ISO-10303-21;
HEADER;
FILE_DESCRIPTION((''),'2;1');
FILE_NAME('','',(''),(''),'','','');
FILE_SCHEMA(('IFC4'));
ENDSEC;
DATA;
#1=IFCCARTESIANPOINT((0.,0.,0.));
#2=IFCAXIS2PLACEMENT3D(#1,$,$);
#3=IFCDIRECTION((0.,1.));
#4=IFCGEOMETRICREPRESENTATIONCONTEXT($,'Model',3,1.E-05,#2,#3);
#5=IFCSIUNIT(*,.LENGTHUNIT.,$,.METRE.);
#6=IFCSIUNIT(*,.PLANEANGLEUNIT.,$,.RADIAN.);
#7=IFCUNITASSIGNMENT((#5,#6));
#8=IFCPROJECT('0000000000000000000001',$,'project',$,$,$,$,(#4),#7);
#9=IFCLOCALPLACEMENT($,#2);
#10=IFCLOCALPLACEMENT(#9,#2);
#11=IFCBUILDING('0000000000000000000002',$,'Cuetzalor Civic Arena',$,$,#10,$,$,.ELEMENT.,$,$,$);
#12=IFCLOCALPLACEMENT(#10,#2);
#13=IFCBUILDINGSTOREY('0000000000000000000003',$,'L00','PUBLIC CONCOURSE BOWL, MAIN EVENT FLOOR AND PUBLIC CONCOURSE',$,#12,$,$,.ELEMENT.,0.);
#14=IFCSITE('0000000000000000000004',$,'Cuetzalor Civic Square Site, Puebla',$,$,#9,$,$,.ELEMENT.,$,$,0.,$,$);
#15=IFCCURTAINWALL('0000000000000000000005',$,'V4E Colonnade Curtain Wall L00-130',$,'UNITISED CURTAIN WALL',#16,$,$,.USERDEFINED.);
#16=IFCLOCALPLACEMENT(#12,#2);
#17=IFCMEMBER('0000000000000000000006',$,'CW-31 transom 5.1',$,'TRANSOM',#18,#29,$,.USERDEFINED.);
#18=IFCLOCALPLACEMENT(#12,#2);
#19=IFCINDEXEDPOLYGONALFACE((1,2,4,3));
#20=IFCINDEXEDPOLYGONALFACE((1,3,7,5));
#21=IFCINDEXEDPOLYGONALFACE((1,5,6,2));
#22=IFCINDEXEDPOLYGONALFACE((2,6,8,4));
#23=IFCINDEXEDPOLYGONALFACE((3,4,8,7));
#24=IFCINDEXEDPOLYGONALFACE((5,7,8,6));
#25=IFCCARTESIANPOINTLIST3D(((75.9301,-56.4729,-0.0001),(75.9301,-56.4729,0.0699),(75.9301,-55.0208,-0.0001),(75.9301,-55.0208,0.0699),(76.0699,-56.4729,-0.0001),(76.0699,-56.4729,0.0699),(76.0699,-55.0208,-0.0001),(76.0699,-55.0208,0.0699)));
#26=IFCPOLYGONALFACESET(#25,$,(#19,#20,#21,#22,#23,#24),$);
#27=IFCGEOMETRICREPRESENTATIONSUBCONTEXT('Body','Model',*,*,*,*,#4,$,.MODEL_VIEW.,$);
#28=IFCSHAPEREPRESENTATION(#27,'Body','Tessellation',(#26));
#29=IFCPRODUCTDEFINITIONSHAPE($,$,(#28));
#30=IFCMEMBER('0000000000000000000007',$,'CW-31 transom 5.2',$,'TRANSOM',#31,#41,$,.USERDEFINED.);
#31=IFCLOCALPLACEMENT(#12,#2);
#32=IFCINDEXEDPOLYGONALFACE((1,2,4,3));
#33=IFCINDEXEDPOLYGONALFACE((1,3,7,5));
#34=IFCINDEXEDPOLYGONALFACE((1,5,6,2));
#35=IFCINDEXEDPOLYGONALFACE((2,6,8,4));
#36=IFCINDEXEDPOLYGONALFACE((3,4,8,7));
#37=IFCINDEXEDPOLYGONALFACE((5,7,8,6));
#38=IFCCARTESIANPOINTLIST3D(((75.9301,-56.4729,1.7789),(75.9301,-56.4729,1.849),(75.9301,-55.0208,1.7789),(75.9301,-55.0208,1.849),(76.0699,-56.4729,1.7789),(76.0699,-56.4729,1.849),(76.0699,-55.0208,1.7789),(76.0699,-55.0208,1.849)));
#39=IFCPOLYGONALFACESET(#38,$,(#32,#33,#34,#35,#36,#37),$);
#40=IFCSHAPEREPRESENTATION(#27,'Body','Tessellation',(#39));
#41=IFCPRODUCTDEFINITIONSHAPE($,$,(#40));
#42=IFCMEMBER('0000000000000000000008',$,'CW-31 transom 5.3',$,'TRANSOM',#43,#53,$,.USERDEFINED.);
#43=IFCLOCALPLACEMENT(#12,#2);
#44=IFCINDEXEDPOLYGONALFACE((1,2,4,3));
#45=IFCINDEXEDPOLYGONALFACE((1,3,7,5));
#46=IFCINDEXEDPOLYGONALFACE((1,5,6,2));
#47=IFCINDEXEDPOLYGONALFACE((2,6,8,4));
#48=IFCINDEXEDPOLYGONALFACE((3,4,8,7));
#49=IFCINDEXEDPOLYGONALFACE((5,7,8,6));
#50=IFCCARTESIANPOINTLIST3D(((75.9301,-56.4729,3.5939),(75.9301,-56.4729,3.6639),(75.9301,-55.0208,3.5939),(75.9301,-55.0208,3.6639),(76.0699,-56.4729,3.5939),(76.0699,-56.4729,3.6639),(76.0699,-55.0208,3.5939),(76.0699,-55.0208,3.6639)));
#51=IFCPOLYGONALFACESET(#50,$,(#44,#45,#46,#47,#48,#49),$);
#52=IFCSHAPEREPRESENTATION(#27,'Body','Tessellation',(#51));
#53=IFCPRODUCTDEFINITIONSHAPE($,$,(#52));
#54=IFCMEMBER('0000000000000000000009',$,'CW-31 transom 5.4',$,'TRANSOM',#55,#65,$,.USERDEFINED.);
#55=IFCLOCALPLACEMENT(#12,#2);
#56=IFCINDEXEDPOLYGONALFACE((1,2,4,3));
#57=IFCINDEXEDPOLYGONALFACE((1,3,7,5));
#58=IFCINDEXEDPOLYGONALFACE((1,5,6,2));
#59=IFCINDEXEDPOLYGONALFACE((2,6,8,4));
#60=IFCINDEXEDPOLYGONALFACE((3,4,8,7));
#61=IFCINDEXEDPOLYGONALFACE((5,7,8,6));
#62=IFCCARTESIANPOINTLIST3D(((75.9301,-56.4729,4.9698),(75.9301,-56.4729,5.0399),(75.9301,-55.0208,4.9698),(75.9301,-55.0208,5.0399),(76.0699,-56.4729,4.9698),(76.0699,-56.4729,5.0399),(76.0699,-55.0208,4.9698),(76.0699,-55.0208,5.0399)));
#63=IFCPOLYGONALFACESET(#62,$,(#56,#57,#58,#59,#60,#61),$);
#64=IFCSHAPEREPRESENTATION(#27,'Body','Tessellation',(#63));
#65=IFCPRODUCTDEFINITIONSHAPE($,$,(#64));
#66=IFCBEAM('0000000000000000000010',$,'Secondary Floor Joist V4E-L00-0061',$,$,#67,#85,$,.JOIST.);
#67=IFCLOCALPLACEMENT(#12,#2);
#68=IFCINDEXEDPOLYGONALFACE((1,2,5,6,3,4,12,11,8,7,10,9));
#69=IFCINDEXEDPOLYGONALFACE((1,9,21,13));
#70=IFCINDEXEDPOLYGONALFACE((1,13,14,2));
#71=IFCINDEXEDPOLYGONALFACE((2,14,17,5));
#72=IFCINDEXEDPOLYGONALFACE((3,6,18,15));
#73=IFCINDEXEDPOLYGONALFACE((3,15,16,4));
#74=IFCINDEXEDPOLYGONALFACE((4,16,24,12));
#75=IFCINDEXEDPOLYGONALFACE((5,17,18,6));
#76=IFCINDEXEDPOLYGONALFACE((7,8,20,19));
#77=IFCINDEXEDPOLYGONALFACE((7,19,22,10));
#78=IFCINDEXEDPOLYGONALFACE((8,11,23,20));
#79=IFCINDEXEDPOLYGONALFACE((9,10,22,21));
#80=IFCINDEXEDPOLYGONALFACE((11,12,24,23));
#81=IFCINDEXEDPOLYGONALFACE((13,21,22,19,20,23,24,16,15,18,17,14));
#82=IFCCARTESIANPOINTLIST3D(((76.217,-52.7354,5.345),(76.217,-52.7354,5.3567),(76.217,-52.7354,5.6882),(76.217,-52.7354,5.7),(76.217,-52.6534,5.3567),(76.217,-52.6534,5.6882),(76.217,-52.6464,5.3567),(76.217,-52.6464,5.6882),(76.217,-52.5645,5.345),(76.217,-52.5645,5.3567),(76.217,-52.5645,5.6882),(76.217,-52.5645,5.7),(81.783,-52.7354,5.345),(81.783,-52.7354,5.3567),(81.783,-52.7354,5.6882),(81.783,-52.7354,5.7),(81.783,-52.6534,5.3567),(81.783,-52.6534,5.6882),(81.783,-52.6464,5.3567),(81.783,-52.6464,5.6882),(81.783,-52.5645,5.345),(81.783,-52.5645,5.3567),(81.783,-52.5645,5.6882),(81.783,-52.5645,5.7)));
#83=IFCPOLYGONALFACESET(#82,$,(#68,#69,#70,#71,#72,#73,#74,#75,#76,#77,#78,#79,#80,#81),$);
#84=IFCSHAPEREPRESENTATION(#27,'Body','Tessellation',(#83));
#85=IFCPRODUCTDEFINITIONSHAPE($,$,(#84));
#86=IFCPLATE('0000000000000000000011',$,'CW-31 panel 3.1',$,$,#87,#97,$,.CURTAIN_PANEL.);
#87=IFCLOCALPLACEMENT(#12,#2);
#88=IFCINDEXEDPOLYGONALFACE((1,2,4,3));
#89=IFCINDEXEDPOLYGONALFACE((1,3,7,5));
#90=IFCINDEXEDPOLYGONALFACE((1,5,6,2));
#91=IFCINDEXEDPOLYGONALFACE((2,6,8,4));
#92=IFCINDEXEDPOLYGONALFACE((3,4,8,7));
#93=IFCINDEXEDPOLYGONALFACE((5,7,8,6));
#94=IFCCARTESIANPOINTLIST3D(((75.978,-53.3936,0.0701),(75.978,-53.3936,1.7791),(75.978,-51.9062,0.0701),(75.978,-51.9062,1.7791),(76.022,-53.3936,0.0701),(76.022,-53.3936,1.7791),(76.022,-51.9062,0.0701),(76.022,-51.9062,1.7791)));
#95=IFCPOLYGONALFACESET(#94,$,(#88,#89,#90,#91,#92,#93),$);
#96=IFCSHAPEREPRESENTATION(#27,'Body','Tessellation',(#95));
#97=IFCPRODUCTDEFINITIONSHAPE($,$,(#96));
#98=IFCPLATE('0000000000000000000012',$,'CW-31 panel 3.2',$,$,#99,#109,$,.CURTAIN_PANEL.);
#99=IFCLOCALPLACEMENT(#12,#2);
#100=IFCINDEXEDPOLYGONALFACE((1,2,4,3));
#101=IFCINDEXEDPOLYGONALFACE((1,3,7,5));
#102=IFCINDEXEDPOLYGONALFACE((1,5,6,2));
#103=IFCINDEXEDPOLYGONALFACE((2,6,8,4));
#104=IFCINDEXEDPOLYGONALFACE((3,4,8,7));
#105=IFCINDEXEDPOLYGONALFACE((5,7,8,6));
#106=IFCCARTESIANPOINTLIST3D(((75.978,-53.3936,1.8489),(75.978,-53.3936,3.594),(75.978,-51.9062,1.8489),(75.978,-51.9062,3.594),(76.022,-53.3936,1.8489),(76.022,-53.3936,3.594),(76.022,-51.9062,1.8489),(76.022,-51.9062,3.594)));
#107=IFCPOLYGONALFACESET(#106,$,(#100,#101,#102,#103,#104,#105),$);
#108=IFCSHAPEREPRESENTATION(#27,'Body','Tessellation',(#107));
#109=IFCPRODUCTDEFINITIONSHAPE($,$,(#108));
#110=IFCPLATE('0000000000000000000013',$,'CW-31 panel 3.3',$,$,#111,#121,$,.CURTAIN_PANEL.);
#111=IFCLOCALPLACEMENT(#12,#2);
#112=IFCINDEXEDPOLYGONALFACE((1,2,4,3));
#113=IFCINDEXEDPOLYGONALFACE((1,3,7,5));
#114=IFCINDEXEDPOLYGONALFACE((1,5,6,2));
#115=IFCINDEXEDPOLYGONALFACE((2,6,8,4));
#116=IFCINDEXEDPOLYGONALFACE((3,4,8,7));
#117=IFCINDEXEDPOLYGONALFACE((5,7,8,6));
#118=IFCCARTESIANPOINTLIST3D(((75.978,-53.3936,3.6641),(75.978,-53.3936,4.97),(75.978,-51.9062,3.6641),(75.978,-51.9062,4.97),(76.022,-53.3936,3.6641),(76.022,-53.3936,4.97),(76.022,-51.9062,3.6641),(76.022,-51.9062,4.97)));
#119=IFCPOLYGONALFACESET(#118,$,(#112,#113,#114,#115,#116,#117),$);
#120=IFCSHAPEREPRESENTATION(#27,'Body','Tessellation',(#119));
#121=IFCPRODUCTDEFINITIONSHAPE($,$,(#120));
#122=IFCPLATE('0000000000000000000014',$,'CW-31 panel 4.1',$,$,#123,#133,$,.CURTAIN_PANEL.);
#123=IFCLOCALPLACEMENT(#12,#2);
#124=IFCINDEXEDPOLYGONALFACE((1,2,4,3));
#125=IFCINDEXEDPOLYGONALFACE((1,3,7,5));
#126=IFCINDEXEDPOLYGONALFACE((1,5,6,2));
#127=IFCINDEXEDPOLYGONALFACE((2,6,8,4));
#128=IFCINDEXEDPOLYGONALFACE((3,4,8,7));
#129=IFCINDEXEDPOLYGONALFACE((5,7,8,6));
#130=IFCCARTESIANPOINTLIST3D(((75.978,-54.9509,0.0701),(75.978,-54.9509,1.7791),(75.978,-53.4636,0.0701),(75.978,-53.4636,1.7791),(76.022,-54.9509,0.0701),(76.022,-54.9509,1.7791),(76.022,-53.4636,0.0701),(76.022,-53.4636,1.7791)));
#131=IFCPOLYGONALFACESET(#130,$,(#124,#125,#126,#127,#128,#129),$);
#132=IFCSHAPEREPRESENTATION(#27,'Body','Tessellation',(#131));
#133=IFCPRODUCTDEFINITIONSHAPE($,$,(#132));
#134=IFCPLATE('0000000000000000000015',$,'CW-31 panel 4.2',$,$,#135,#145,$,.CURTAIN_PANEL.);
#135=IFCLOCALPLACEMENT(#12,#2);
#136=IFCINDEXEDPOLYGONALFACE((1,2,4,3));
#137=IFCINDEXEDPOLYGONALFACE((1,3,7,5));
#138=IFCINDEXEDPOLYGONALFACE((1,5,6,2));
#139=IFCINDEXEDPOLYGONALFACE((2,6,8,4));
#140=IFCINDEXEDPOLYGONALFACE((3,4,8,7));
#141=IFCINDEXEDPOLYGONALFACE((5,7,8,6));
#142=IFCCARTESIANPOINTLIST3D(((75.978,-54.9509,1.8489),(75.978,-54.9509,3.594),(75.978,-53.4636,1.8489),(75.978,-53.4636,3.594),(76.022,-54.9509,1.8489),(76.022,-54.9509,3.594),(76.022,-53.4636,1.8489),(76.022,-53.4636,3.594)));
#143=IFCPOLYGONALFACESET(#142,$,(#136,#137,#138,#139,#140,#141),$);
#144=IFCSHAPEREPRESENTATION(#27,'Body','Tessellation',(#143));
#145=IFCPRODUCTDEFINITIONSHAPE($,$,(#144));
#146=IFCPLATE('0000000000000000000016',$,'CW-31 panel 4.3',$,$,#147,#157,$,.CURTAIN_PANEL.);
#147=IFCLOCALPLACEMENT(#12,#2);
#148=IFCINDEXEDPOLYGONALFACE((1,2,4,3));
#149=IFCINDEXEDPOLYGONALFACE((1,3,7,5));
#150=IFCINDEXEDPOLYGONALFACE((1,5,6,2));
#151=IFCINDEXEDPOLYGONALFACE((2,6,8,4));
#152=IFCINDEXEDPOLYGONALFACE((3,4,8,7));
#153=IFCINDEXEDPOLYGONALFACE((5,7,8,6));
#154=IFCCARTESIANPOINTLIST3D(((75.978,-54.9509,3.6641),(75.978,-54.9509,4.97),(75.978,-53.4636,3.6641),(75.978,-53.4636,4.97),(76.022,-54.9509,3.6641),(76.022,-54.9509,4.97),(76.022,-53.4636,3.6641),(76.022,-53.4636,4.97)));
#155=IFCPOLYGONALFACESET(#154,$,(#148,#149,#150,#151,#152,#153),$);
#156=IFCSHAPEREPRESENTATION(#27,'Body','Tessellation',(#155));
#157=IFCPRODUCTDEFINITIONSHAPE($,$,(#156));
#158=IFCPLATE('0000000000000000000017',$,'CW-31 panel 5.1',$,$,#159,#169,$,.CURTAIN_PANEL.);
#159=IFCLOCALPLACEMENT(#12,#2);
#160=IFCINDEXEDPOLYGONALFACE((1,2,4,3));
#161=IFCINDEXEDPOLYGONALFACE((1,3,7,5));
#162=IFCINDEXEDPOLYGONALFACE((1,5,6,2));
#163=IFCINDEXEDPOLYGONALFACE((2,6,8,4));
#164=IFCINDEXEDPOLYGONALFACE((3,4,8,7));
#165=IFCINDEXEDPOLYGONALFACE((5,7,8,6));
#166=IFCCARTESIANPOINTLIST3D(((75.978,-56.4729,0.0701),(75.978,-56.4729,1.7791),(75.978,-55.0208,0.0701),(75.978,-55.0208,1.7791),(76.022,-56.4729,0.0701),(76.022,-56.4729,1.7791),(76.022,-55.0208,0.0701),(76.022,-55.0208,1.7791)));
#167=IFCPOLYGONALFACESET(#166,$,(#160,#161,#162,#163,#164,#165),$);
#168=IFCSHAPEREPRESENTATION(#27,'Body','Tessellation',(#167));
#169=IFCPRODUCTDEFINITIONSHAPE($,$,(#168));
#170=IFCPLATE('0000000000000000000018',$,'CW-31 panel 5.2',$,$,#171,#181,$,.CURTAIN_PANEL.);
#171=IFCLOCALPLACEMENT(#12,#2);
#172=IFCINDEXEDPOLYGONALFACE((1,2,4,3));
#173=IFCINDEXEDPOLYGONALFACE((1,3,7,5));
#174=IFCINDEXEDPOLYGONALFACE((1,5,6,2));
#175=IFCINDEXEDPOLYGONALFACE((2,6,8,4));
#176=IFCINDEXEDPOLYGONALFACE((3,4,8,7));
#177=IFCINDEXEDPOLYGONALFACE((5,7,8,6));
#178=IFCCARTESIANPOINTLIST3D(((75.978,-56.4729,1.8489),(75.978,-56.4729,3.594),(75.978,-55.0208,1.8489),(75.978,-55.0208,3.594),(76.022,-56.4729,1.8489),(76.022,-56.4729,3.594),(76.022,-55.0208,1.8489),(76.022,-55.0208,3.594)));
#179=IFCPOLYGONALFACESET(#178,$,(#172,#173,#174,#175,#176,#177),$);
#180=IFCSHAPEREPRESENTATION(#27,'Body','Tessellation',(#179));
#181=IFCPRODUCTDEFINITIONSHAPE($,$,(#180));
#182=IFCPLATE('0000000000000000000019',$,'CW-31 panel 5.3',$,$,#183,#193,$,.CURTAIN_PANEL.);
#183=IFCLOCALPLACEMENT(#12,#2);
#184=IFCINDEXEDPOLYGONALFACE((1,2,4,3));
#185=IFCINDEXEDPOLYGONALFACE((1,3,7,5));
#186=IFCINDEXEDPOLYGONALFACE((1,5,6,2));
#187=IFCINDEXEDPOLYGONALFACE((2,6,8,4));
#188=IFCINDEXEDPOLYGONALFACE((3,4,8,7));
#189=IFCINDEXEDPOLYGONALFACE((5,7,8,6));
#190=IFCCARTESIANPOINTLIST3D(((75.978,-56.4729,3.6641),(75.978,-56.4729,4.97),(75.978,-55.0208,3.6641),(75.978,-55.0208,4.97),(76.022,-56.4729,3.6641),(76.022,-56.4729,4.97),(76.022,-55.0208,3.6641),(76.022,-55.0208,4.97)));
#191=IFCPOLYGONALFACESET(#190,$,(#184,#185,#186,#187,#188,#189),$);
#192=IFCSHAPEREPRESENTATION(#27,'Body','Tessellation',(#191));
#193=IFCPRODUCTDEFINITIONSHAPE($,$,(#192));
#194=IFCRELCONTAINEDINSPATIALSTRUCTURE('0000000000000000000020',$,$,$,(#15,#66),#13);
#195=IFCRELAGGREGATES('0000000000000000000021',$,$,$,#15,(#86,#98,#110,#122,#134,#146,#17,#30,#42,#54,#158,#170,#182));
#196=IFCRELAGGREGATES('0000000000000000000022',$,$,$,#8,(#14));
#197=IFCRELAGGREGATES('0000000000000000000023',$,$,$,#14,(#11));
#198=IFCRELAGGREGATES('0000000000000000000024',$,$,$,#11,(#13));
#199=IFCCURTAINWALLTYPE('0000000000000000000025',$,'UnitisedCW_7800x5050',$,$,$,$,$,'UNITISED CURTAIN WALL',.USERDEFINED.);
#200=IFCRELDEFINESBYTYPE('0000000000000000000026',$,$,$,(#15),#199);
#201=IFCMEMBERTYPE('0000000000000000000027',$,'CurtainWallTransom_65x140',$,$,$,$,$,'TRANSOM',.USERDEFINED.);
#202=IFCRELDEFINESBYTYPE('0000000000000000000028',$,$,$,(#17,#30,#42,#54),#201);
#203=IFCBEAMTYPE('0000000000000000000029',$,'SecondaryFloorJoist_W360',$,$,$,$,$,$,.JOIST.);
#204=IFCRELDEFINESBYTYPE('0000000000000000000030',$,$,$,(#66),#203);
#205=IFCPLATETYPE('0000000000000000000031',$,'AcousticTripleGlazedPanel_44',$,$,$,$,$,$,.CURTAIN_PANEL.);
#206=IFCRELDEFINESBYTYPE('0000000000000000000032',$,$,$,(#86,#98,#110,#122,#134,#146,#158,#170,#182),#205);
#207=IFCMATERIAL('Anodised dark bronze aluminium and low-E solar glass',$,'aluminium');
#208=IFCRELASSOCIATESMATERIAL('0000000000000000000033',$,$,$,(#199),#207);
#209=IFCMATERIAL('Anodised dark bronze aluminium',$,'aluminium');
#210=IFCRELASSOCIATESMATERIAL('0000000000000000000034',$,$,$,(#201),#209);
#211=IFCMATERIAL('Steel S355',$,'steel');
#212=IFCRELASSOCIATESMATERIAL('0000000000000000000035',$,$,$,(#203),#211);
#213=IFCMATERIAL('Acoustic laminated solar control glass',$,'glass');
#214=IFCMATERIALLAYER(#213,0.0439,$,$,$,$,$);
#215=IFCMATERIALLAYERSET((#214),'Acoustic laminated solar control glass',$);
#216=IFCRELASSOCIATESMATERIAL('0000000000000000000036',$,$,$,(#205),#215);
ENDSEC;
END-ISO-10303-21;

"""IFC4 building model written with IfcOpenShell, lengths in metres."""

from ifc_helpers import new_model, si_unit, direction, frame, origin, origin_2d, place, context, subcontext, project, spatial, rectangle, i_section, extrude, material, layer, layer_set, material_profile, profile_set, type_object, element, aggregate, save


model = new_model("IFC4")

# Units and contexts
model_context = context("Model", 3, precision=1e-05, world=origin(), true_north=direction((0.0, 1.0)))
body_context = subcontext(model_context, "Body", "Model", "MODEL_VIEW")
ifc_project = project(units=[si_unit("LENGTHUNIT", "METRE"), si_unit("PLANEANGLEUNIT", "RADIAN")], contexts=[model_context])

# Site, building, storey
site_placement = place(None, origin())
site = spatial("IfcSite", under=ifc_project, at=site_placement, Name="Cuetzalor Civic Square Site, Puebla", CompositionType="ELEMENT", RefElevation=0.0)
building_placement = place(site_placement, origin())
building = spatial("IfcBuilding", under=site, at=building_placement, Name="Cuetzalor Civic Arena", CompositionType="ELEMENT")
storey_placement = place(building_placement, origin())
storey = spatial("IfcBuildingStorey", under=building, at=storey_placement, Name="L00", Description="PUBLIC CONCOURSE BOWL, MAIN EVENT FLOOR AND PUBLIC CONCOURSE", CompositionType="ELEMENT", Elevation=0.0)

# Curtain wall, members
ifc_material_1 = material(Name="Anodised dark bronze aluminium and low-E solar glass", Category="aluminium")
curtain_wall_type = type_object("IfcCurtainWallType", Name="UnitisedCW_7800x5050", ElementType="UNITISED CURTAIN WALL", PredefinedType="USERDEFINED", material=ifc_material_1)
curtain_wall_placement = place(storey_placement, origin())
curtain_wall = element("IfcCurtainWall", 1, at=curtain_wall_placement, inside=storey, type_object=curtain_wall_type, Name="V4E Colonnade Curtain Wall L00-130", ObjectType="UNITISED CURTAIN WALL", PredefinedType="USERDEFINED")
ifc_material_2 = material(Name="Anodised dark bronze aluminium", Category="aluminium")
ifc_material_profile_1 = material_profile(ifc_material_2, rectangle(XDim=0.1399, YDim=0.0701, at=origin_2d()), Name="ALU TRANSOM 70x140")
ifc_profile_set_1 = profile_set([ifc_material_profile_1], Name="Anodised dark bronze aluminium")
member_type_1 = type_object("IfcMemberType", Name="CurtainWallTransom_65x140", ElementType="TRANSOM", PredefinedType="USERDEFINED", material=ifc_profile_set_1)
member_1_placement = place(storey_placement, frame((76.0, -55.0208, 0.0349), z_axis=(0.0, -1.0, 0.0), x_axis=(1.0, 0.0, 0.0)))
member_1 = element("IfcMember", 2, at=member_1_placement, type_object=member_type_1, Name="CW-31 transom 5.1", ObjectType="TRANSOM", PredefinedType="USERDEFINED", context=body_context, shape_type="SweptSolid", body=[
    extrude(rectangle(XDim=0.1399, YDim=0.0701, at=origin_2d()), origin(), (0.0, 0.0, 1.0), 1.4521),
])
member_2_placement = place(storey_placement, frame((76.0, -55.0208, 1.814), z_axis=(0.0, -1.0, 0.0), x_axis=(1.0, 0.0, 0.0)))
member_2 = element("IfcMember", 3, at=member_2_placement, type_object=member_type_1, Name="CW-31 transom 5.2", ObjectType="TRANSOM", PredefinedType="USERDEFINED", context=body_context, shape_type="SweptSolid", body=[
    extrude(rectangle(XDim=0.1399, YDim=0.0701, at=origin_2d()), origin(), (0.0, 0.0, 1.0), 1.4521),
])
member_3_placement = place(storey_placement, frame((76.0, -55.0208, 3.6289), z_axis=(0.0, -1.0, 0.0), x_axis=(1.0, 0.0, 0.0)))
member_3 = element("IfcMember", 4, at=member_3_placement, type_object=member_type_1, Name="CW-31 transom 5.3", ObjectType="TRANSOM", PredefinedType="USERDEFINED", context=body_context, shape_type="SweptSolid", body=[
    extrude(rectangle(XDim=0.1399, YDim=0.0701, at=origin_2d()), origin(), (0.0, 0.0, 1.0), 1.4521),
])
member_4_placement = place(storey_placement, frame((76.0, -55.0208, 5.0049), z_axis=(0.0, -1.0, 0.0), x_axis=(1.0, 0.0, 0.0)))
member_4 = element("IfcMember", 5, at=member_4_placement, type_object=member_type_1, Name="CW-31 transom 5.4", ObjectType="TRANSOM", PredefinedType="USERDEFINED", context=body_context, shape_type="SweptSolid", body=[
    extrude(rectangle(XDim=0.1399, YDim=0.0701, at=origin_2d()), origin(), (0.0, 0.0, 1.0), 1.4521),
])

# Beam
ifc_material_3 = material(Name="Steel S355", Category="steel")
ifc_material_profile_2 = material_profile(ifc_material_3, i_section(OverallWidth=0.1709, OverallDepth=0.355, WebThickness=0.0071, FlangeThickness=0.0117, at=origin_2d()), Name="W360x51")
ifc_profile_set_2 = profile_set([ifc_material_profile_2], Name="Steel S355")
beam_type_1 = type_object("IfcBeamType", Name="SecondaryFloorJoist_W360", PredefinedType="JOIST", material=ifc_profile_set_2)
beam_1_placement = place(storey_placement, frame((76.217, -52.6499, 5.5225), z_axis=(1.0, 0.0, 0.0), x_axis=(0.0, 1.0, 0.0)))
element("IfcBeam", 6, at=beam_1_placement, inside=storey, type_object=beam_type_1, Name="Secondary Floor Joist V4E-L00-0061", PredefinedType="JOIST", context=body_context, shape_type="SweptSolid", body=[
    extrude(i_section(OverallWidth=0.1709, OverallDepth=0.355, WebThickness=0.0071, FlangeThickness=0.0117, at=origin_2d()), origin(), (0.0, 0.0, 1.0), 5.5659),
])

# Plates
ifc_material_4 = material(Name="Acoustic laminated solar control glass", Category="glass")
ifc_layer = layer(ifc_material_4, 0.0439)
ifc_layer_set = layer_set([ifc_layer], Name="Acoustic laminated solar control glass")
plate_type = type_object("IfcPlateType", Name="AcousticTripleGlazedPanel_44", PredefinedType="CURTAIN_PANEL", material=ifc_layer_set)
plate_1_placement = place(storey_placement, frame((76.0, -52.6499, 0.0701), z_axis=(0.0, 0.0, 1.0), x_axis=(0.0, -1.0, 0.0)))
plate_1 = element("IfcPlate", 7, at=plate_1_placement, type_object=plate_type, Name="CW-31 panel 3.1", PredefinedType="CURTAIN_PANEL", context=body_context, shape_type="SweptSolid", body=[
    extrude(rectangle(XDim=1.4873, YDim=0.0439, at=origin_2d()), origin(), (0.0, 0.0, 1.0), 1.709),
])
plate_2_placement = place(storey_placement, frame((76.0, -52.6499, 1.8489), z_axis=(0.0, 0.0, 1.0), x_axis=(0.0, -1.0, 0.0)))
plate_2 = element("IfcPlate", 8, at=plate_2_placement, type_object=plate_type, Name="CW-31 panel 3.2", PredefinedType="CURTAIN_PANEL", context=body_context, shape_type="SweptSolid", body=[
    extrude(rectangle(XDim=1.4873, YDim=0.0439, at=origin_2d()), origin(), (0.0, 0.0, 1.0), 1.7451),
])
plate_3_placement = place(storey_placement, frame((76.0, -52.6499, 3.6641), z_axis=(0.0, 0.0, 1.0), x_axis=(0.0, -1.0, 0.0)))
plate_3 = element("IfcPlate", 9, at=plate_3_placement, type_object=plate_type, Name="CW-31 panel 3.3", PredefinedType="CURTAIN_PANEL", context=body_context, shape_type="SweptSolid", body=[
    extrude(rectangle(XDim=1.4873, YDim=0.0439, at=origin_2d()), origin(), (0.0, 0.0, 1.0), 1.3059),
])
plate_4_placement = place(storey_placement, frame((76.0, -54.2073, 0.0701), z_axis=(0.0, 0.0, 1.0), x_axis=(0.0, -1.0, 0.0)))
plate_4 = element("IfcPlate", 10, at=plate_4_placement, type_object=plate_type, Name="CW-31 panel 4.1", PredefinedType="CURTAIN_PANEL", context=body_context, shape_type="SweptSolid", body=[
    extrude(rectangle(XDim=1.4873, YDim=0.0439, at=origin_2d()), origin(), (0.0, 0.0, 1.0), 1.709),
])
plate_5_placement = place(storey_placement, frame((76.0, -54.2073, 1.8489), z_axis=(0.0, 0.0, 1.0), x_axis=(0.0, -1.0, 0.0)))
plate_5 = element("IfcPlate", 11, at=plate_5_placement, type_object=plate_type, Name="CW-31 panel 4.2", PredefinedType="CURTAIN_PANEL", context=body_context, shape_type="SweptSolid", body=[
    extrude(rectangle(XDim=1.4873, YDim=0.0439, at=origin_2d()), origin(), (0.0, 0.0, 1.0), 1.7451),
])
plate_6_placement = place(storey_placement, frame((76.0, -54.2073, 3.6641), z_axis=(0.0, 0.0, 1.0), x_axis=(0.0, -1.0, 0.0)))
plate_6 = element("IfcPlate", 12, at=plate_6_placement, type_object=plate_type, Name="CW-31 panel 4.3", PredefinedType="CURTAIN_PANEL", context=body_context, shape_type="SweptSolid", body=[
    extrude(rectangle(XDim=1.4873, YDim=0.0439, at=origin_2d()), origin(), (0.0, 0.0, 1.0), 1.3059),
])
plate_7_placement = place(storey_placement, frame((76.0, -55.7468, 0.0701), z_axis=(0.0, 0.0, 1.0), x_axis=(0.0, -1.0, 0.0)))
plate_7 = element("IfcPlate", 13, at=plate_7_placement, type_object=plate_type, Name="CW-31 panel 5.1", PredefinedType="CURTAIN_PANEL", context=body_context, shape_type="SweptSolid", body=[
    extrude(rectangle(XDim=1.4521, YDim=0.0439, at=origin_2d()), origin(), (0.0, 0.0, 1.0), 1.709),
])
plate_8_placement = place(storey_placement, frame((76.0, -55.7468, 1.8489), z_axis=(0.0, 0.0, 1.0), x_axis=(0.0, -1.0, 0.0)))
plate_8 = element("IfcPlate", 14, at=plate_8_placement, type_object=plate_type, Name="CW-31 panel 5.2", PredefinedType="CURTAIN_PANEL", context=body_context, shape_type="SweptSolid", body=[
    extrude(rectangle(XDim=1.4521, YDim=0.0439, at=origin_2d()), origin(), (0.0, 0.0, 1.0), 1.7451),
])
plate_9_placement = place(storey_placement, frame((76.0, -55.7468, 3.6641), z_axis=(0.0, 0.0, 1.0), x_axis=(0.0, -1.0, 0.0)))
plate_9 = element("IfcPlate", 15, at=plate_9_placement, type_object=plate_type, Name="CW-31 panel 5.3", PredefinedType="CURTAIN_PANEL", context=body_context, shape_type="SweptSolid", body=[
    extrude(rectangle(XDim=1.4521, YDim=0.0439, at=origin_2d()), origin(), (0.0, 0.0, 1.0), 1.3059),
])
aggregate(curtain_wall, [plate_1, plate_2, plate_3, plate_4, plate_5, plate_6, member_1, member_2, member_3, member_4, plate_7, plate_8, plate_9])

save(model, "model.ifc")
